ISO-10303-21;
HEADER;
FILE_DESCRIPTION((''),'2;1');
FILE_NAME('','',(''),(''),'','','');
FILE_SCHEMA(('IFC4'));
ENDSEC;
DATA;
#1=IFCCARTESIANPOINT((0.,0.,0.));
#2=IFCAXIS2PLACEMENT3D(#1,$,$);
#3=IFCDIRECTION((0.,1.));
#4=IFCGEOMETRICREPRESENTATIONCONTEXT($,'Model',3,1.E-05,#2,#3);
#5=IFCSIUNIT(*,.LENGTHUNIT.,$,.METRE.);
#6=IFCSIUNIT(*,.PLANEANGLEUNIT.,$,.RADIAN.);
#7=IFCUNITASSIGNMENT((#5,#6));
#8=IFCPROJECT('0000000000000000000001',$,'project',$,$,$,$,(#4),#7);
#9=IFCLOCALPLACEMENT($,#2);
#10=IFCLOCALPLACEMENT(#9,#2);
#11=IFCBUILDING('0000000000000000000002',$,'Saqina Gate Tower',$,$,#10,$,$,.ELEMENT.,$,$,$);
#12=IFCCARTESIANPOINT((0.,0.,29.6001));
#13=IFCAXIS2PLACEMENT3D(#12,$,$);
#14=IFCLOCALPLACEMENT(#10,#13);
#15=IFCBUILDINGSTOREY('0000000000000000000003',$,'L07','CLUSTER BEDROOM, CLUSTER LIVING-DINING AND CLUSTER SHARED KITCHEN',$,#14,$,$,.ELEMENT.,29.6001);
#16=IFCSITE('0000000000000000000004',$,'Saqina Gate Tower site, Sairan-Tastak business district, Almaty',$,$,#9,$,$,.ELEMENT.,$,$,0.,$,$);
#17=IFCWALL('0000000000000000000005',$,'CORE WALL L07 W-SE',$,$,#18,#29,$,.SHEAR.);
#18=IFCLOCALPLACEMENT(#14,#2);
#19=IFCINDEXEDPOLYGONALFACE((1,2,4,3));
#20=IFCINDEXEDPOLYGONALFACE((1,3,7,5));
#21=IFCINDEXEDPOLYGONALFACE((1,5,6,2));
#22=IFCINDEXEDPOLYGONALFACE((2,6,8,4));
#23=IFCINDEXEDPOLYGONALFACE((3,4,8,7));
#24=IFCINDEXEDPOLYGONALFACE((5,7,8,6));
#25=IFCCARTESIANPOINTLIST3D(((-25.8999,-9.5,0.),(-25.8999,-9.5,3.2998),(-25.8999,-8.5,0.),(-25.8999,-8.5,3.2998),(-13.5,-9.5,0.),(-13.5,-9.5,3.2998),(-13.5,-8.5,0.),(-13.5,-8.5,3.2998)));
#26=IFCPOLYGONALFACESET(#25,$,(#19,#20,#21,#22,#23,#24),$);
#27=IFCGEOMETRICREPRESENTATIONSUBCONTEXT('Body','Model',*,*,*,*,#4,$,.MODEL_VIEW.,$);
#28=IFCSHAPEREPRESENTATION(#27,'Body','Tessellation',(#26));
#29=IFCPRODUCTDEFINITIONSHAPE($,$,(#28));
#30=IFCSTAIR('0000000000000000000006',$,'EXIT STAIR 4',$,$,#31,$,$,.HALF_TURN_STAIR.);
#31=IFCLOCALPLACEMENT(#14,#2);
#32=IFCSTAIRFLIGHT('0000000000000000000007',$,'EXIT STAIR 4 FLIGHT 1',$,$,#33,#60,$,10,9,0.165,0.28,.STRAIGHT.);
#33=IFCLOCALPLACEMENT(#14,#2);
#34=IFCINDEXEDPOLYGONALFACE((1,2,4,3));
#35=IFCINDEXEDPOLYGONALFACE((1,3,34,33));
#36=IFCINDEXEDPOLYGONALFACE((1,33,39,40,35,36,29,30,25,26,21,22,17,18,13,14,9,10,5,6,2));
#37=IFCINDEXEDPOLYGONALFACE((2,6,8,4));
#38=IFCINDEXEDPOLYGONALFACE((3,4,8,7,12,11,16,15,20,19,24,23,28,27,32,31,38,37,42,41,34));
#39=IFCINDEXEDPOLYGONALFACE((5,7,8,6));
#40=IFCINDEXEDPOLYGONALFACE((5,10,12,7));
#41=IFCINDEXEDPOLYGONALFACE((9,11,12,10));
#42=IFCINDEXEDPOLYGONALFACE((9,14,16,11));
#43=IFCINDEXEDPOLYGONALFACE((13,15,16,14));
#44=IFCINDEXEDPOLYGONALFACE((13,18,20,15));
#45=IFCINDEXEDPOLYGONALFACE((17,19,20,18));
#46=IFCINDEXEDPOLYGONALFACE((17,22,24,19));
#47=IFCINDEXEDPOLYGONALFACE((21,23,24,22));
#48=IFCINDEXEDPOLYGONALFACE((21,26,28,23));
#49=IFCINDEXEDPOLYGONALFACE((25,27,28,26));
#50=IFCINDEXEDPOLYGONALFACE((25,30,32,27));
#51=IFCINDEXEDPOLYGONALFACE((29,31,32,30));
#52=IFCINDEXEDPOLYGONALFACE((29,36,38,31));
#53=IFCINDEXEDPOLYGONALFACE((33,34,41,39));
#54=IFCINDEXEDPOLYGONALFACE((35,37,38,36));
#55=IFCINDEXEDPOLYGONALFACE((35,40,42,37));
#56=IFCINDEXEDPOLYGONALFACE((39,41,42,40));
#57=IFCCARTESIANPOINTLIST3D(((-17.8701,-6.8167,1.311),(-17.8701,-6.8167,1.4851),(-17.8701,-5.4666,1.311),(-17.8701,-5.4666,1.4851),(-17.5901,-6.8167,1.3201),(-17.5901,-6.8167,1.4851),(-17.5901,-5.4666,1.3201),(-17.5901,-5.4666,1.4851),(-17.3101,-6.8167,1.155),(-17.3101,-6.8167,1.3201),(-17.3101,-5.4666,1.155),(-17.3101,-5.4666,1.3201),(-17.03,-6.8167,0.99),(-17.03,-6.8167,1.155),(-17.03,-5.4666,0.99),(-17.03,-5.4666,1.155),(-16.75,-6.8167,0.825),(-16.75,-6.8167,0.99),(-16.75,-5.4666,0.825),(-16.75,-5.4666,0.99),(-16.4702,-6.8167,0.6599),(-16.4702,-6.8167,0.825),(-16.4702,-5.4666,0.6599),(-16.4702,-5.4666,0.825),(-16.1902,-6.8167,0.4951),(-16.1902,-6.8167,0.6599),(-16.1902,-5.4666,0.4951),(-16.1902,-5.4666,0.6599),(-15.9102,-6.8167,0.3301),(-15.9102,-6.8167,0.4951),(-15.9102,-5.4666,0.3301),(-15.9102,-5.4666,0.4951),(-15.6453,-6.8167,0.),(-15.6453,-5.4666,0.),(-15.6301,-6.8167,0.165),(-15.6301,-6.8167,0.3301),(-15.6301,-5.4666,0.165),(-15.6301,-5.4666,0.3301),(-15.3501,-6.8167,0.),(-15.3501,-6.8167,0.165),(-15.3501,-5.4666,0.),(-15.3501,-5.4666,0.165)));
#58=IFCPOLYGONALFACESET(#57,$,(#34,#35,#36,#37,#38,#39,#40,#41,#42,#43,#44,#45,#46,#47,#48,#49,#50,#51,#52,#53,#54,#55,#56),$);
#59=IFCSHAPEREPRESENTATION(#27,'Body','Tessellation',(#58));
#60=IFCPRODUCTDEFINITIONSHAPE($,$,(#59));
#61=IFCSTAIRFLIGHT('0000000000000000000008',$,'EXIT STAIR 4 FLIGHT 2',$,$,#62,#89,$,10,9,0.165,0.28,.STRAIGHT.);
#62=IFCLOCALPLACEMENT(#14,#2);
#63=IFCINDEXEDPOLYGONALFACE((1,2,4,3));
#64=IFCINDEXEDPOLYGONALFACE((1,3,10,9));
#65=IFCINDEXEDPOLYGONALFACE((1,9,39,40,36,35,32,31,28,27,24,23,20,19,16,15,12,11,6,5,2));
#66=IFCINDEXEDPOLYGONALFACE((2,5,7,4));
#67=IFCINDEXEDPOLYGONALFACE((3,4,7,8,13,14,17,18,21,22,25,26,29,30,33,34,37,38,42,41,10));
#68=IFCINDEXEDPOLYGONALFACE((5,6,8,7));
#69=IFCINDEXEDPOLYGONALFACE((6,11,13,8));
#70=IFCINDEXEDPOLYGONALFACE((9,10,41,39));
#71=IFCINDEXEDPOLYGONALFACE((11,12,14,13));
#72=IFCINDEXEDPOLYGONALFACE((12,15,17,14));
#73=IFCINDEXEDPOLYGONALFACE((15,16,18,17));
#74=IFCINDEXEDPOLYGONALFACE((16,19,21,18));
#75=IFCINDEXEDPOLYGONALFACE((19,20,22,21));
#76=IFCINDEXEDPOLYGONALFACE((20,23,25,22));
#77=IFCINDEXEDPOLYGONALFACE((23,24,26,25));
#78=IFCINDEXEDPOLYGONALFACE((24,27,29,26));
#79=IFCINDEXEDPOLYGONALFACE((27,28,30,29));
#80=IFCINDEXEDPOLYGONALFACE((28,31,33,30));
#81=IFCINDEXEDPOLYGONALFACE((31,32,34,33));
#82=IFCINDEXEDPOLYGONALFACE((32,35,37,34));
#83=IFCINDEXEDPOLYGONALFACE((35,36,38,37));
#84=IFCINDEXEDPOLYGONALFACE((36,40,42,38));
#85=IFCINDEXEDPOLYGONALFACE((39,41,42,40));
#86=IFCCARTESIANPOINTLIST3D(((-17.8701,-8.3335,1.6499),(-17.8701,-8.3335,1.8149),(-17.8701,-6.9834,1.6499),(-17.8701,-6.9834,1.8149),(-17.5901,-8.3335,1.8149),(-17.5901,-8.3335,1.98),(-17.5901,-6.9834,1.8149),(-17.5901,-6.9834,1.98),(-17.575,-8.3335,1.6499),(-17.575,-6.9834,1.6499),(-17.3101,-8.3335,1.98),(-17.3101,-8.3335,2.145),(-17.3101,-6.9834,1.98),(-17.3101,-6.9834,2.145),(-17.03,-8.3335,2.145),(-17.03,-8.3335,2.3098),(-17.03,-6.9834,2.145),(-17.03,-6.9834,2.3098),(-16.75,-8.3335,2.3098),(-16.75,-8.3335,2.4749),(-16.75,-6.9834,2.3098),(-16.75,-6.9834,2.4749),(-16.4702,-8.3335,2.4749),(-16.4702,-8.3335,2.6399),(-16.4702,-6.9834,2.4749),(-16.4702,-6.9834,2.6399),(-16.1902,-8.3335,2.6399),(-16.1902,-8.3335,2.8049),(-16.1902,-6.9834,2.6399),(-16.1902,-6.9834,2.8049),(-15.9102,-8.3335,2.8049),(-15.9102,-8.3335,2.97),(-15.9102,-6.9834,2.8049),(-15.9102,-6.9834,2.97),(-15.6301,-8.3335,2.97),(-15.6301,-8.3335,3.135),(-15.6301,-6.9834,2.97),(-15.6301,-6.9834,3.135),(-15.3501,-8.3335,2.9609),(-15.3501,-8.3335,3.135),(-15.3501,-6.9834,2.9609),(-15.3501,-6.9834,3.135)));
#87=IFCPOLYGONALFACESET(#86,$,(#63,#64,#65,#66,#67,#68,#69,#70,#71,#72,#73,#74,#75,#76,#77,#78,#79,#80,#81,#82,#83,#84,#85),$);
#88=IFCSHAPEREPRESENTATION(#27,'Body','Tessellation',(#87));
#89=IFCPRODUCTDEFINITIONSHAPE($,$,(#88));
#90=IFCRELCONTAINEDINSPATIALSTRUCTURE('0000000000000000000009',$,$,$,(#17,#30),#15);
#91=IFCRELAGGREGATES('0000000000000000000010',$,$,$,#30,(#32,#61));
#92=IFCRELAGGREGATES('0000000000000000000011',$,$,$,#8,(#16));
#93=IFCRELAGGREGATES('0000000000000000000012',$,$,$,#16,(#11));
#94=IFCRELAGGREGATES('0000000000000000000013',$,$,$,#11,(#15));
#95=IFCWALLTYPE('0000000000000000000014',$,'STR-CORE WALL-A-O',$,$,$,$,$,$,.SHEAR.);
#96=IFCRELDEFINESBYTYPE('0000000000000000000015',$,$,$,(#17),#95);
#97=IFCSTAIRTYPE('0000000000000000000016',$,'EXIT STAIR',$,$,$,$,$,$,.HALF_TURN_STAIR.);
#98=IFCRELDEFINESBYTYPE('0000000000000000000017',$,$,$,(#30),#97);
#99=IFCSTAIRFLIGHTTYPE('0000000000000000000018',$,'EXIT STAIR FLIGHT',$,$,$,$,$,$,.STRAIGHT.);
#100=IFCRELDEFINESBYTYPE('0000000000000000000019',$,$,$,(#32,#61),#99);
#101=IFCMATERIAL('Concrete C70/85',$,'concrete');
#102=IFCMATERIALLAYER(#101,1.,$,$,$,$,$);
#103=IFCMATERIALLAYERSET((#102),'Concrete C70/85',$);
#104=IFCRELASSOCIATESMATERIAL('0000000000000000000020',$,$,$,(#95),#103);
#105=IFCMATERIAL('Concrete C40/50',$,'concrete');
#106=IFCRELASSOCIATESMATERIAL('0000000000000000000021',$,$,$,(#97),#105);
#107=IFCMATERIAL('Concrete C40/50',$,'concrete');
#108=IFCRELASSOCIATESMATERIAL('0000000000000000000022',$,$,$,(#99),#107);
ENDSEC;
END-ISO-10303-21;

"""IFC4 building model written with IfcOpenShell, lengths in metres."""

from ifc_helpers import new_model, si_unit, direction, frame, frame_2d, origin, place, context, subcontext, project, spatial, polyline, rectangle, outline, extrude, material, layer, layer_set, type_object, element, aggregate, save


model = new_model("IFC4")

# Units and contexts
model_context = context("Model", 3, precision=1e-05, world=origin(), true_north=direction((0.0, 1.0)))
body_context = subcontext(model_context, "Body", "Model", "MODEL_VIEW")
ifc_project = project(units=[si_unit("LENGTHUNIT", "METRE"), si_unit("PLANEANGLEUNIT", "RADIAN")], contexts=[model_context])

# Site, building, storey
site_placement = place(None, origin())
site = spatial("IfcSite", under=ifc_project, at=site_placement, Name="Saqina Gate Tower site, Sairan-Tastak business district, Almaty", CompositionType="ELEMENT", RefElevation=0.0)
building_placement = place(site_placement, origin())
building = spatial("IfcBuilding", under=site, at=building_placement, Name="Saqina Gate Tower", CompositionType="ELEMENT")
storey_placement = place(building_placement, frame((0.0, 0.0, 29.6001)))
storey = spatial("IfcBuildingStorey", under=building, at=storey_placement, Name="L07", Description="CLUSTER BEDROOM, CLUSTER LIVING-DINING AND CLUSTER SHARED KITCHEN", CompositionType="ELEMENT", Elevation=29.6001)

# Shared definitions
ifc_material_1 = material(Name="Concrete C70/85", Category="concrete")
ifc_layer_1 = layer(ifc_material_1, 1.0)
ifc_layer_set_1 = layer_set([ifc_layer_1], Name="Concrete C70/85")
wall_type_1 = type_object("IfcWallType", Name="STR-CORE WALL-A-O", PredefinedType="SHEAR", material=ifc_layer_set_1)

# Wall
wall_1_placement = place(storey_placement, frame((-13.5, -9.0, 0.0), z_axis=(0.0, 0.0, 1.0), x_axis=(-1.0, 0.0, 0.0)))
element("IfcWall", 1, at=wall_1_placement, inside=storey, type_object=wall_type_1, Name="CORE WALL L07 W-SE", PredefinedType="SHEAR", context=body_context, shape_type="SweptSolid", body=[
    extrude(rectangle(XDim=12.3999, YDim=1.0, at=frame_2d((6.2, 0.0))), origin(), (0.0, 0.0, 1.0), 3.2998),
])

# Stair, stair flights
ifc_material_2 = material(Name="Concrete C40/50", Category="concrete")
stair_type = type_object("IfcStairType", Name="EXIT STAIR", PredefinedType="HALF_TURN_STAIR", material=ifc_material_2)
stair_placement = place(storey_placement, origin())
stair = element("IfcStair", 2, at=stair_placement, inside=storey, type_object=stair_type, Name="EXIT STAIR 4", PredefinedType="HALF_TURN_STAIR")
ifc_material_3 = material(Name="Concrete C40/50", Category="concrete")
stair_flight_type = type_object("IfcStairFlightType", Name="EXIT STAIR FLIGHT", PredefinedType="STRAIGHT", material=ifc_material_3)
stair_flight_1_placement = place(storey_placement, frame((-15.3501, -6.1416, 0.0), z_axis=(0.0, 0.0, 1.0), x_axis=(-1.0, 0.0, 0.0)))
stair_flight_1 = element("IfcStairFlight", 3, at=stair_flight_1_placement, type_object=stair_flight_type, Name="EXIT STAIR 4 FLIGHT 1", NumberOfRisers=10, NumberOfTreads=9, PredefinedType="STRAIGHT", RiserHeight=0.165, TreadLength=0.28, context=body_context, shape_type="SweptSolid", body=[
    extrude(outline(polyline([(0.0, 0.0), (0.0, 0.165), (0.28, 0.165), (0.28, 0.3301), (0.5601, 0.3301), (0.5601, 0.4951), (0.8401, 0.4951), (0.8401, 0.6599), (1.1201, 0.6599), (1.1201, 0.825), (1.3999, 0.825), (1.3999, 0.99), (1.6799, 0.99), (1.6799, 1.155), (1.96, 1.155), (1.96, 1.3201), (2.24, 1.3201), (2.24, 1.4851), (2.52, 1.4851), (2.52, 1.6499), (2.52, 1.311), (0.2952, 0.0), (0.0, 0.0)])), frame((0.0, 0.675, 0.0), z_axis=(0.0, -1.0, 0.0), x_axis=(1.0, 0.0, 0.0)), (0.0, 0.0, 1.0), 1.3501),
])
stair_flight_2_placement = place(storey_placement, frame((-17.8701, -7.6584, 1.6499), z_axis=(0.0, 0.0, 1.0), x_axis=(1.0, 0.0, 0.0)))
stair_flight_2 = element("IfcStairFlight", 4, at=stair_flight_2_placement, type_object=stair_flight_type, Name="EXIT STAIR 4 FLIGHT 2", NumberOfRisers=10, NumberOfTreads=9, PredefinedType="STRAIGHT", RiserHeight=0.165, TreadLength=0.28, context=body_context, shape_type="SweptSolid", body=[
    extrude(outline(polyline([(0.0, 0.0), (0.0, 0.165), (0.28, 0.165), (0.28, 0.3301), (0.5601, 0.3301), (0.5601, 0.4951), (0.8401, 0.4951), (0.8401, 0.6599), (1.1201, 0.6599), (1.1201, 0.825), (1.3999, 0.825), (1.3999, 0.99), (1.6799, 0.99), (1.6799, 1.155), (1.96, 1.155), (1.96, 1.3201), (2.24, 1.3201), (2.24, 1.4851), (2.52, 1.4851), (2.52, 1.6499), (2.52, 1.311), (0.2952, 0.0), (0.0, 0.0)])), frame((0.0, 0.675, 0.0), z_axis=(0.0, -1.0, 0.0), x_axis=(1.0, 0.0, 0.0)), (0.0, 0.0, 1.0), 1.3501),
])
aggregate(stair, [stair_flight_1, stair_flight_2])

save(model, "model.ifc")
